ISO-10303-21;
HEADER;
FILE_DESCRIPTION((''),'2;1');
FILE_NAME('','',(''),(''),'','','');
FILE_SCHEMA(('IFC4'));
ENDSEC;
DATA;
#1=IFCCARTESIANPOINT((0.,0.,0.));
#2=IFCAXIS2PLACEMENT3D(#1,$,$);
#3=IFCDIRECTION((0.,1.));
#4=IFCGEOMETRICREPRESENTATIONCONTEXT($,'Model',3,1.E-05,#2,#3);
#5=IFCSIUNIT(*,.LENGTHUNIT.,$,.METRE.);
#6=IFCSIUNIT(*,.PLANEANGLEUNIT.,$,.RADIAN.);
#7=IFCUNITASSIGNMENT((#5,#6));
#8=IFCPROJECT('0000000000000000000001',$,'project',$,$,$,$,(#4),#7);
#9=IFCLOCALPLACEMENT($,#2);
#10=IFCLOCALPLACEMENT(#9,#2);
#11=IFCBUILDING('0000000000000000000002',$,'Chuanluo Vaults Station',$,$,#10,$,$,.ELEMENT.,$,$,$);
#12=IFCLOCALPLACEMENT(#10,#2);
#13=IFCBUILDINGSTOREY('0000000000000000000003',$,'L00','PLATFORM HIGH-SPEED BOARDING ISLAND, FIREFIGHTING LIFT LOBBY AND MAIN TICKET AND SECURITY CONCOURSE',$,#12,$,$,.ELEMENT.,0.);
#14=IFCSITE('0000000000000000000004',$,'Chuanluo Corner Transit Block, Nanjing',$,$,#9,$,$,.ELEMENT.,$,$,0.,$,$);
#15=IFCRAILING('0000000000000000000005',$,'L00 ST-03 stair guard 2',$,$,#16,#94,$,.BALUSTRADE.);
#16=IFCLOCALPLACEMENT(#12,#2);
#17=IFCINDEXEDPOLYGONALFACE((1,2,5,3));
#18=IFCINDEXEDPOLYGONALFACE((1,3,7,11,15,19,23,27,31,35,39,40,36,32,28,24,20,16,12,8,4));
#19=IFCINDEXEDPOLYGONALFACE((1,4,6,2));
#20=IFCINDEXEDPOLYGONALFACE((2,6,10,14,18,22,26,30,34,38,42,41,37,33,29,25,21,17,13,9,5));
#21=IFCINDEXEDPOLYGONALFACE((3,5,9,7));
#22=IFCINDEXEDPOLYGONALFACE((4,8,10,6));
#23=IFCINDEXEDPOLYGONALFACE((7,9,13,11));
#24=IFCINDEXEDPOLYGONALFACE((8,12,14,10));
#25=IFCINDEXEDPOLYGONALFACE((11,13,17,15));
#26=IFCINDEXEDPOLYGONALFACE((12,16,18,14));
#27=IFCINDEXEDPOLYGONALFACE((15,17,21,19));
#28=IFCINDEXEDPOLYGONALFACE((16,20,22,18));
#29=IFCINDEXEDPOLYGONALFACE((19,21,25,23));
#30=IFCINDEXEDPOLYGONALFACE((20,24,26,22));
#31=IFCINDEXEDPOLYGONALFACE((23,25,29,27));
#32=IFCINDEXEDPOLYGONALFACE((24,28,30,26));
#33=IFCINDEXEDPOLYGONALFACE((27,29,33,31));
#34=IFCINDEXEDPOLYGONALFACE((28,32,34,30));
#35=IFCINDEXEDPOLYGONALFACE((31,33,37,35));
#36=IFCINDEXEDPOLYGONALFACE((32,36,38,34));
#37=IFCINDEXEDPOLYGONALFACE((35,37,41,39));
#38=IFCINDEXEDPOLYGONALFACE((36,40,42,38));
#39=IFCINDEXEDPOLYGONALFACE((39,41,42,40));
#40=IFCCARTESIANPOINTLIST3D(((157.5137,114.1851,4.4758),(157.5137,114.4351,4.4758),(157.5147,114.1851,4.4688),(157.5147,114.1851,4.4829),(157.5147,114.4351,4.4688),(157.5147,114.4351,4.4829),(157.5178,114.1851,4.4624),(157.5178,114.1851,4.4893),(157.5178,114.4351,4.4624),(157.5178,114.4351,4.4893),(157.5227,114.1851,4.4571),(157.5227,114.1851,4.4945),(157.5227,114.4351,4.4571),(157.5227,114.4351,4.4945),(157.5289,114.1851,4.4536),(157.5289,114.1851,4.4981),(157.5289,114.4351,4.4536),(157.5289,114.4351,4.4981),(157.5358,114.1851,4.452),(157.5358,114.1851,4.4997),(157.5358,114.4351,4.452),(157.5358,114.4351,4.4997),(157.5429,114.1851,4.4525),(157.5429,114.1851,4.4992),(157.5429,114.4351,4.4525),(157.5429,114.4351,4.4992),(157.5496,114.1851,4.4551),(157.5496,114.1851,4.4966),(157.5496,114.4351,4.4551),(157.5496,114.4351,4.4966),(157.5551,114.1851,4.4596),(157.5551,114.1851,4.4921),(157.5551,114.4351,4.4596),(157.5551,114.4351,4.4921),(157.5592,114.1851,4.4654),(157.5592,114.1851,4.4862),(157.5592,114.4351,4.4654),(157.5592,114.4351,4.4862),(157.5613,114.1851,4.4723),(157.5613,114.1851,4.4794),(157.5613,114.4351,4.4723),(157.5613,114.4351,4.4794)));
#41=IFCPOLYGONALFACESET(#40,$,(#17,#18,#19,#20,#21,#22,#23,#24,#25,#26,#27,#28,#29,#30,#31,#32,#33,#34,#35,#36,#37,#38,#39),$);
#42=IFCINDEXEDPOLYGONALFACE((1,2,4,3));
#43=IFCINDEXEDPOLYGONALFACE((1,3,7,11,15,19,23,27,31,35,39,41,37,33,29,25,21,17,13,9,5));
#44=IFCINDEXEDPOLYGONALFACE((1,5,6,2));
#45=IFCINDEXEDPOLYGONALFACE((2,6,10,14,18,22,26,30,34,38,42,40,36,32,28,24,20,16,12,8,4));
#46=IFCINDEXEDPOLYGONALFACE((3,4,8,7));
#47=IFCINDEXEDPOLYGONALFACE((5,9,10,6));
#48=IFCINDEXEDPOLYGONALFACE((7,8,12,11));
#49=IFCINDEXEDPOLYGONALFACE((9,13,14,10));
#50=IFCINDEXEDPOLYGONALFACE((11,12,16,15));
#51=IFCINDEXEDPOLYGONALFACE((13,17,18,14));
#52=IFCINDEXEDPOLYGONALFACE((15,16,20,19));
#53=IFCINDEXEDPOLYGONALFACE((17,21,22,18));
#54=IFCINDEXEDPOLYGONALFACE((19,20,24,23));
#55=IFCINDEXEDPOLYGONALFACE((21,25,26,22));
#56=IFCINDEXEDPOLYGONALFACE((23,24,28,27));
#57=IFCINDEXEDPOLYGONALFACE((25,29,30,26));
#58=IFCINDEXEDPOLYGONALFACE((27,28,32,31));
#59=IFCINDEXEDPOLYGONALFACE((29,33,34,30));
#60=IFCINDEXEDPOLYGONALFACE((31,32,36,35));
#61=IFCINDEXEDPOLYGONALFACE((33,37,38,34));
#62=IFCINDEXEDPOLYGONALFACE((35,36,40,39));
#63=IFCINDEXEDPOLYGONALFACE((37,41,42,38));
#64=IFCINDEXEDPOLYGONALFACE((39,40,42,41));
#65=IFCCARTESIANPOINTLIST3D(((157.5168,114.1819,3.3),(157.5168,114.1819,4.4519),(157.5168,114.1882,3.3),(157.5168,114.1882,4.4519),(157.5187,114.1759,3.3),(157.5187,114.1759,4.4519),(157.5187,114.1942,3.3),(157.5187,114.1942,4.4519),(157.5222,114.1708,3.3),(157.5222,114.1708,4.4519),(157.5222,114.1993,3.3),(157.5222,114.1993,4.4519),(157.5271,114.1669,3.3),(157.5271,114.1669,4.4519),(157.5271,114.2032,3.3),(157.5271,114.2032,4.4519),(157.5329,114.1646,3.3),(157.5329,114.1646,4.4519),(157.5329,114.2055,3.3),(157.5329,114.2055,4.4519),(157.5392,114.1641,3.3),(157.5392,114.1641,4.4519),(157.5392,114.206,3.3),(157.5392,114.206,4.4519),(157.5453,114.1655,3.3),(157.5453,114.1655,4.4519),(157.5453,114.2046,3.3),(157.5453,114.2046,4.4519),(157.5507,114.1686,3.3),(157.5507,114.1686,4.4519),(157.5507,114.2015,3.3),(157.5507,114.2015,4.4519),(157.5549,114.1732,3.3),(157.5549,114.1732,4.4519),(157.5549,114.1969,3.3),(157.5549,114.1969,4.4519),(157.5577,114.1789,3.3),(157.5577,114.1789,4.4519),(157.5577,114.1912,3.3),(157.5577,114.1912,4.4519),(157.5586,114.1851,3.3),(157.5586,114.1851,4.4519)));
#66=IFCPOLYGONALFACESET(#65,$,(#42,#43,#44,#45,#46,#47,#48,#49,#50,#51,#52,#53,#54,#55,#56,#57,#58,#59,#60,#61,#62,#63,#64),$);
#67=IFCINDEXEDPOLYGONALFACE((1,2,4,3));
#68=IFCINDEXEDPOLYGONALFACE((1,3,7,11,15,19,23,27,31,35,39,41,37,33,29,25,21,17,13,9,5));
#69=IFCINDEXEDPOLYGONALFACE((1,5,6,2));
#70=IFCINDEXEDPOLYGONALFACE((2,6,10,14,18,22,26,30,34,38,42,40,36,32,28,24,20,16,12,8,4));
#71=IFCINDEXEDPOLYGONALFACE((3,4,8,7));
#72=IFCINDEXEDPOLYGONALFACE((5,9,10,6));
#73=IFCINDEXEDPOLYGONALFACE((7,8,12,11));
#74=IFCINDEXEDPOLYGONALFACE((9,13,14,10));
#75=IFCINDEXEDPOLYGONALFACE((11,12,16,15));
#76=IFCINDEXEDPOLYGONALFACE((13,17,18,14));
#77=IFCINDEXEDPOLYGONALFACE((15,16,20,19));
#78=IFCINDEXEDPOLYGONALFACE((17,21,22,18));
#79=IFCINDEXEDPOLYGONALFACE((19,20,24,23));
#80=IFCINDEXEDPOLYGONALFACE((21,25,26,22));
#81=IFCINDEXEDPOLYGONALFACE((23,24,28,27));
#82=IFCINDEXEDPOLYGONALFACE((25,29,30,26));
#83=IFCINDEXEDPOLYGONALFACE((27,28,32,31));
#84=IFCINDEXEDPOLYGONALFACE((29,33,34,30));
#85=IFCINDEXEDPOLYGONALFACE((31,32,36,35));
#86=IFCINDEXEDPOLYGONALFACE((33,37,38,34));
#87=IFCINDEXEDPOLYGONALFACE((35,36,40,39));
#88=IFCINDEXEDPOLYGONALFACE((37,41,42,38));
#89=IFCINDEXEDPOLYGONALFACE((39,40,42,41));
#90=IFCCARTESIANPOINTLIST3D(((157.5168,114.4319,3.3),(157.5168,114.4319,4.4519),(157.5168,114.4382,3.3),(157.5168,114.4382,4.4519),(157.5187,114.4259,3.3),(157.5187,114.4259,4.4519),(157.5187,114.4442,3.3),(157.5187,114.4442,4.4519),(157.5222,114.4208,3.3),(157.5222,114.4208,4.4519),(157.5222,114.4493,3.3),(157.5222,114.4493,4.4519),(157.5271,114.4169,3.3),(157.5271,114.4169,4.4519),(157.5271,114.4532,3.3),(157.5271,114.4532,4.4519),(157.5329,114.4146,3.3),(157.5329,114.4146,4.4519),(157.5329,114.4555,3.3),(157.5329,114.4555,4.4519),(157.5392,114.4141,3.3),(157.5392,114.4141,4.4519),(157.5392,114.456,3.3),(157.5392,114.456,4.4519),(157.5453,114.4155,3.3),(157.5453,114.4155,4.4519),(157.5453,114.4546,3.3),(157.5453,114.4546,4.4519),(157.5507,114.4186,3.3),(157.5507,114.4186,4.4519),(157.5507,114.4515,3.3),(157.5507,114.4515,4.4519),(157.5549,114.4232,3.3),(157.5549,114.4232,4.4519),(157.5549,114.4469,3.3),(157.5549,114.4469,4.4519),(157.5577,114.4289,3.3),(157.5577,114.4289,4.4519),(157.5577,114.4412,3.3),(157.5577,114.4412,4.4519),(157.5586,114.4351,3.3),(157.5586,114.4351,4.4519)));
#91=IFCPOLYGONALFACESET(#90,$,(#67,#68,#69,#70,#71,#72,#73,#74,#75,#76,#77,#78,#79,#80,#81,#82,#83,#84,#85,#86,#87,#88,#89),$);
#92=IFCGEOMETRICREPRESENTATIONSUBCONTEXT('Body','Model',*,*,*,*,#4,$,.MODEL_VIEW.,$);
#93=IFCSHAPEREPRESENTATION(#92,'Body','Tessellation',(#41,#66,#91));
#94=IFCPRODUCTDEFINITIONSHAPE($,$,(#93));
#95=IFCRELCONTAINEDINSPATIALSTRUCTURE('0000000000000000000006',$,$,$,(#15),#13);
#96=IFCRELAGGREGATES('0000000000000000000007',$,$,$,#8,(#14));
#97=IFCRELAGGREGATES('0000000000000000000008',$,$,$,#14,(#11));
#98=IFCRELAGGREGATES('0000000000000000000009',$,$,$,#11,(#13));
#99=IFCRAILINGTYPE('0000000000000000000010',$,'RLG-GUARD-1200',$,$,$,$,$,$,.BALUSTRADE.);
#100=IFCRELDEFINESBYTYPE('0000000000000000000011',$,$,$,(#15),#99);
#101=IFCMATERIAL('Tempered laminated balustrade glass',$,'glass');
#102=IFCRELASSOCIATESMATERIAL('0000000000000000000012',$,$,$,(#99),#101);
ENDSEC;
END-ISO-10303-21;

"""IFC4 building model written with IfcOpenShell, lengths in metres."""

from ifc_helpers import new_model, si_unit, direction, frame, origin, origin_2d, place, context, subcontext, project, spatial, circle, extrude, material, type_object, element, save


model = new_model("IFC4")

# Units and contexts
model_context = context("Model", 3, precision=1e-05, world=origin(), true_north=direction((0.0, 1.0)))
body_context = subcontext(model_context, "Body", "Model", "MODEL_VIEW")
ifc_project = project(units=[si_unit("LENGTHUNIT", "METRE"), si_unit("PLANEANGLEUNIT", "RADIAN")], contexts=[model_context])

# Site, building, storey
site_placement = place(None, origin())
site = spatial("IfcSite", under=ifc_project, at=site_placement, Name="Chuanluo Corner Transit Block, Nanjing", CompositionType="ELEMENT", RefElevation=0.0)
building_placement = place(site_placement, origin())
building = spatial("IfcBuilding", under=site, at=building_placement, Name="Chuanluo Vaults Station", CompositionType="ELEMENT")
storey_placement = place(building_placement, origin())
storey = spatial("IfcBuildingStorey", under=building, at=storey_placement, Name="L00", Description="PLATFORM HIGH-SPEED BOARDING ISLAND, FIREFIGHTING LIFT LOBBY AND MAIN TICKET AND SECURITY CONCOURSE", CompositionType="ELEMENT", Elevation=0.0)

# Railing
ifc_material_1 = material(Name="Tempered laminated balustrade glass", Category="glass")
railing_type_1 = type_object("IfcRailingType", Name="RLG-GUARD-1200", PredefinedType="BALUSTRADE", material=ifc_material_1)
railing_1_placement = place(storey_placement, frame((157.5376, 114.1851, 3.3)))
element("IfcRailing", 1, at=railing_1_placement, inside=storey, type_object=railing_type_1, Name="L00 ST-03 stair guard 2", PredefinedType="BALUSTRADE", context=body_context, shape_type="SweptSolid", body=[
    extrude(circle(Radius=0.0239, at=origin_2d()), frame((0.0, 0.0, 1.1758), z_axis=(0.0, 1.0, 0.0), x_axis=(-1.0, 0.0, 0.0)), (0.0, 0.0, 1.0), 0.25),
    extrude(circle(Radius=0.021, at=origin_2d()), origin(), (0.0, 0.0, 1.0), 1.1519),
    extrude(circle(Radius=0.021, at=origin_2d()), frame((0.0, 0.25, 0.0)), (0.0, 0.0, 1.0), 1.1519),
])

save(model, "model.ifc")
